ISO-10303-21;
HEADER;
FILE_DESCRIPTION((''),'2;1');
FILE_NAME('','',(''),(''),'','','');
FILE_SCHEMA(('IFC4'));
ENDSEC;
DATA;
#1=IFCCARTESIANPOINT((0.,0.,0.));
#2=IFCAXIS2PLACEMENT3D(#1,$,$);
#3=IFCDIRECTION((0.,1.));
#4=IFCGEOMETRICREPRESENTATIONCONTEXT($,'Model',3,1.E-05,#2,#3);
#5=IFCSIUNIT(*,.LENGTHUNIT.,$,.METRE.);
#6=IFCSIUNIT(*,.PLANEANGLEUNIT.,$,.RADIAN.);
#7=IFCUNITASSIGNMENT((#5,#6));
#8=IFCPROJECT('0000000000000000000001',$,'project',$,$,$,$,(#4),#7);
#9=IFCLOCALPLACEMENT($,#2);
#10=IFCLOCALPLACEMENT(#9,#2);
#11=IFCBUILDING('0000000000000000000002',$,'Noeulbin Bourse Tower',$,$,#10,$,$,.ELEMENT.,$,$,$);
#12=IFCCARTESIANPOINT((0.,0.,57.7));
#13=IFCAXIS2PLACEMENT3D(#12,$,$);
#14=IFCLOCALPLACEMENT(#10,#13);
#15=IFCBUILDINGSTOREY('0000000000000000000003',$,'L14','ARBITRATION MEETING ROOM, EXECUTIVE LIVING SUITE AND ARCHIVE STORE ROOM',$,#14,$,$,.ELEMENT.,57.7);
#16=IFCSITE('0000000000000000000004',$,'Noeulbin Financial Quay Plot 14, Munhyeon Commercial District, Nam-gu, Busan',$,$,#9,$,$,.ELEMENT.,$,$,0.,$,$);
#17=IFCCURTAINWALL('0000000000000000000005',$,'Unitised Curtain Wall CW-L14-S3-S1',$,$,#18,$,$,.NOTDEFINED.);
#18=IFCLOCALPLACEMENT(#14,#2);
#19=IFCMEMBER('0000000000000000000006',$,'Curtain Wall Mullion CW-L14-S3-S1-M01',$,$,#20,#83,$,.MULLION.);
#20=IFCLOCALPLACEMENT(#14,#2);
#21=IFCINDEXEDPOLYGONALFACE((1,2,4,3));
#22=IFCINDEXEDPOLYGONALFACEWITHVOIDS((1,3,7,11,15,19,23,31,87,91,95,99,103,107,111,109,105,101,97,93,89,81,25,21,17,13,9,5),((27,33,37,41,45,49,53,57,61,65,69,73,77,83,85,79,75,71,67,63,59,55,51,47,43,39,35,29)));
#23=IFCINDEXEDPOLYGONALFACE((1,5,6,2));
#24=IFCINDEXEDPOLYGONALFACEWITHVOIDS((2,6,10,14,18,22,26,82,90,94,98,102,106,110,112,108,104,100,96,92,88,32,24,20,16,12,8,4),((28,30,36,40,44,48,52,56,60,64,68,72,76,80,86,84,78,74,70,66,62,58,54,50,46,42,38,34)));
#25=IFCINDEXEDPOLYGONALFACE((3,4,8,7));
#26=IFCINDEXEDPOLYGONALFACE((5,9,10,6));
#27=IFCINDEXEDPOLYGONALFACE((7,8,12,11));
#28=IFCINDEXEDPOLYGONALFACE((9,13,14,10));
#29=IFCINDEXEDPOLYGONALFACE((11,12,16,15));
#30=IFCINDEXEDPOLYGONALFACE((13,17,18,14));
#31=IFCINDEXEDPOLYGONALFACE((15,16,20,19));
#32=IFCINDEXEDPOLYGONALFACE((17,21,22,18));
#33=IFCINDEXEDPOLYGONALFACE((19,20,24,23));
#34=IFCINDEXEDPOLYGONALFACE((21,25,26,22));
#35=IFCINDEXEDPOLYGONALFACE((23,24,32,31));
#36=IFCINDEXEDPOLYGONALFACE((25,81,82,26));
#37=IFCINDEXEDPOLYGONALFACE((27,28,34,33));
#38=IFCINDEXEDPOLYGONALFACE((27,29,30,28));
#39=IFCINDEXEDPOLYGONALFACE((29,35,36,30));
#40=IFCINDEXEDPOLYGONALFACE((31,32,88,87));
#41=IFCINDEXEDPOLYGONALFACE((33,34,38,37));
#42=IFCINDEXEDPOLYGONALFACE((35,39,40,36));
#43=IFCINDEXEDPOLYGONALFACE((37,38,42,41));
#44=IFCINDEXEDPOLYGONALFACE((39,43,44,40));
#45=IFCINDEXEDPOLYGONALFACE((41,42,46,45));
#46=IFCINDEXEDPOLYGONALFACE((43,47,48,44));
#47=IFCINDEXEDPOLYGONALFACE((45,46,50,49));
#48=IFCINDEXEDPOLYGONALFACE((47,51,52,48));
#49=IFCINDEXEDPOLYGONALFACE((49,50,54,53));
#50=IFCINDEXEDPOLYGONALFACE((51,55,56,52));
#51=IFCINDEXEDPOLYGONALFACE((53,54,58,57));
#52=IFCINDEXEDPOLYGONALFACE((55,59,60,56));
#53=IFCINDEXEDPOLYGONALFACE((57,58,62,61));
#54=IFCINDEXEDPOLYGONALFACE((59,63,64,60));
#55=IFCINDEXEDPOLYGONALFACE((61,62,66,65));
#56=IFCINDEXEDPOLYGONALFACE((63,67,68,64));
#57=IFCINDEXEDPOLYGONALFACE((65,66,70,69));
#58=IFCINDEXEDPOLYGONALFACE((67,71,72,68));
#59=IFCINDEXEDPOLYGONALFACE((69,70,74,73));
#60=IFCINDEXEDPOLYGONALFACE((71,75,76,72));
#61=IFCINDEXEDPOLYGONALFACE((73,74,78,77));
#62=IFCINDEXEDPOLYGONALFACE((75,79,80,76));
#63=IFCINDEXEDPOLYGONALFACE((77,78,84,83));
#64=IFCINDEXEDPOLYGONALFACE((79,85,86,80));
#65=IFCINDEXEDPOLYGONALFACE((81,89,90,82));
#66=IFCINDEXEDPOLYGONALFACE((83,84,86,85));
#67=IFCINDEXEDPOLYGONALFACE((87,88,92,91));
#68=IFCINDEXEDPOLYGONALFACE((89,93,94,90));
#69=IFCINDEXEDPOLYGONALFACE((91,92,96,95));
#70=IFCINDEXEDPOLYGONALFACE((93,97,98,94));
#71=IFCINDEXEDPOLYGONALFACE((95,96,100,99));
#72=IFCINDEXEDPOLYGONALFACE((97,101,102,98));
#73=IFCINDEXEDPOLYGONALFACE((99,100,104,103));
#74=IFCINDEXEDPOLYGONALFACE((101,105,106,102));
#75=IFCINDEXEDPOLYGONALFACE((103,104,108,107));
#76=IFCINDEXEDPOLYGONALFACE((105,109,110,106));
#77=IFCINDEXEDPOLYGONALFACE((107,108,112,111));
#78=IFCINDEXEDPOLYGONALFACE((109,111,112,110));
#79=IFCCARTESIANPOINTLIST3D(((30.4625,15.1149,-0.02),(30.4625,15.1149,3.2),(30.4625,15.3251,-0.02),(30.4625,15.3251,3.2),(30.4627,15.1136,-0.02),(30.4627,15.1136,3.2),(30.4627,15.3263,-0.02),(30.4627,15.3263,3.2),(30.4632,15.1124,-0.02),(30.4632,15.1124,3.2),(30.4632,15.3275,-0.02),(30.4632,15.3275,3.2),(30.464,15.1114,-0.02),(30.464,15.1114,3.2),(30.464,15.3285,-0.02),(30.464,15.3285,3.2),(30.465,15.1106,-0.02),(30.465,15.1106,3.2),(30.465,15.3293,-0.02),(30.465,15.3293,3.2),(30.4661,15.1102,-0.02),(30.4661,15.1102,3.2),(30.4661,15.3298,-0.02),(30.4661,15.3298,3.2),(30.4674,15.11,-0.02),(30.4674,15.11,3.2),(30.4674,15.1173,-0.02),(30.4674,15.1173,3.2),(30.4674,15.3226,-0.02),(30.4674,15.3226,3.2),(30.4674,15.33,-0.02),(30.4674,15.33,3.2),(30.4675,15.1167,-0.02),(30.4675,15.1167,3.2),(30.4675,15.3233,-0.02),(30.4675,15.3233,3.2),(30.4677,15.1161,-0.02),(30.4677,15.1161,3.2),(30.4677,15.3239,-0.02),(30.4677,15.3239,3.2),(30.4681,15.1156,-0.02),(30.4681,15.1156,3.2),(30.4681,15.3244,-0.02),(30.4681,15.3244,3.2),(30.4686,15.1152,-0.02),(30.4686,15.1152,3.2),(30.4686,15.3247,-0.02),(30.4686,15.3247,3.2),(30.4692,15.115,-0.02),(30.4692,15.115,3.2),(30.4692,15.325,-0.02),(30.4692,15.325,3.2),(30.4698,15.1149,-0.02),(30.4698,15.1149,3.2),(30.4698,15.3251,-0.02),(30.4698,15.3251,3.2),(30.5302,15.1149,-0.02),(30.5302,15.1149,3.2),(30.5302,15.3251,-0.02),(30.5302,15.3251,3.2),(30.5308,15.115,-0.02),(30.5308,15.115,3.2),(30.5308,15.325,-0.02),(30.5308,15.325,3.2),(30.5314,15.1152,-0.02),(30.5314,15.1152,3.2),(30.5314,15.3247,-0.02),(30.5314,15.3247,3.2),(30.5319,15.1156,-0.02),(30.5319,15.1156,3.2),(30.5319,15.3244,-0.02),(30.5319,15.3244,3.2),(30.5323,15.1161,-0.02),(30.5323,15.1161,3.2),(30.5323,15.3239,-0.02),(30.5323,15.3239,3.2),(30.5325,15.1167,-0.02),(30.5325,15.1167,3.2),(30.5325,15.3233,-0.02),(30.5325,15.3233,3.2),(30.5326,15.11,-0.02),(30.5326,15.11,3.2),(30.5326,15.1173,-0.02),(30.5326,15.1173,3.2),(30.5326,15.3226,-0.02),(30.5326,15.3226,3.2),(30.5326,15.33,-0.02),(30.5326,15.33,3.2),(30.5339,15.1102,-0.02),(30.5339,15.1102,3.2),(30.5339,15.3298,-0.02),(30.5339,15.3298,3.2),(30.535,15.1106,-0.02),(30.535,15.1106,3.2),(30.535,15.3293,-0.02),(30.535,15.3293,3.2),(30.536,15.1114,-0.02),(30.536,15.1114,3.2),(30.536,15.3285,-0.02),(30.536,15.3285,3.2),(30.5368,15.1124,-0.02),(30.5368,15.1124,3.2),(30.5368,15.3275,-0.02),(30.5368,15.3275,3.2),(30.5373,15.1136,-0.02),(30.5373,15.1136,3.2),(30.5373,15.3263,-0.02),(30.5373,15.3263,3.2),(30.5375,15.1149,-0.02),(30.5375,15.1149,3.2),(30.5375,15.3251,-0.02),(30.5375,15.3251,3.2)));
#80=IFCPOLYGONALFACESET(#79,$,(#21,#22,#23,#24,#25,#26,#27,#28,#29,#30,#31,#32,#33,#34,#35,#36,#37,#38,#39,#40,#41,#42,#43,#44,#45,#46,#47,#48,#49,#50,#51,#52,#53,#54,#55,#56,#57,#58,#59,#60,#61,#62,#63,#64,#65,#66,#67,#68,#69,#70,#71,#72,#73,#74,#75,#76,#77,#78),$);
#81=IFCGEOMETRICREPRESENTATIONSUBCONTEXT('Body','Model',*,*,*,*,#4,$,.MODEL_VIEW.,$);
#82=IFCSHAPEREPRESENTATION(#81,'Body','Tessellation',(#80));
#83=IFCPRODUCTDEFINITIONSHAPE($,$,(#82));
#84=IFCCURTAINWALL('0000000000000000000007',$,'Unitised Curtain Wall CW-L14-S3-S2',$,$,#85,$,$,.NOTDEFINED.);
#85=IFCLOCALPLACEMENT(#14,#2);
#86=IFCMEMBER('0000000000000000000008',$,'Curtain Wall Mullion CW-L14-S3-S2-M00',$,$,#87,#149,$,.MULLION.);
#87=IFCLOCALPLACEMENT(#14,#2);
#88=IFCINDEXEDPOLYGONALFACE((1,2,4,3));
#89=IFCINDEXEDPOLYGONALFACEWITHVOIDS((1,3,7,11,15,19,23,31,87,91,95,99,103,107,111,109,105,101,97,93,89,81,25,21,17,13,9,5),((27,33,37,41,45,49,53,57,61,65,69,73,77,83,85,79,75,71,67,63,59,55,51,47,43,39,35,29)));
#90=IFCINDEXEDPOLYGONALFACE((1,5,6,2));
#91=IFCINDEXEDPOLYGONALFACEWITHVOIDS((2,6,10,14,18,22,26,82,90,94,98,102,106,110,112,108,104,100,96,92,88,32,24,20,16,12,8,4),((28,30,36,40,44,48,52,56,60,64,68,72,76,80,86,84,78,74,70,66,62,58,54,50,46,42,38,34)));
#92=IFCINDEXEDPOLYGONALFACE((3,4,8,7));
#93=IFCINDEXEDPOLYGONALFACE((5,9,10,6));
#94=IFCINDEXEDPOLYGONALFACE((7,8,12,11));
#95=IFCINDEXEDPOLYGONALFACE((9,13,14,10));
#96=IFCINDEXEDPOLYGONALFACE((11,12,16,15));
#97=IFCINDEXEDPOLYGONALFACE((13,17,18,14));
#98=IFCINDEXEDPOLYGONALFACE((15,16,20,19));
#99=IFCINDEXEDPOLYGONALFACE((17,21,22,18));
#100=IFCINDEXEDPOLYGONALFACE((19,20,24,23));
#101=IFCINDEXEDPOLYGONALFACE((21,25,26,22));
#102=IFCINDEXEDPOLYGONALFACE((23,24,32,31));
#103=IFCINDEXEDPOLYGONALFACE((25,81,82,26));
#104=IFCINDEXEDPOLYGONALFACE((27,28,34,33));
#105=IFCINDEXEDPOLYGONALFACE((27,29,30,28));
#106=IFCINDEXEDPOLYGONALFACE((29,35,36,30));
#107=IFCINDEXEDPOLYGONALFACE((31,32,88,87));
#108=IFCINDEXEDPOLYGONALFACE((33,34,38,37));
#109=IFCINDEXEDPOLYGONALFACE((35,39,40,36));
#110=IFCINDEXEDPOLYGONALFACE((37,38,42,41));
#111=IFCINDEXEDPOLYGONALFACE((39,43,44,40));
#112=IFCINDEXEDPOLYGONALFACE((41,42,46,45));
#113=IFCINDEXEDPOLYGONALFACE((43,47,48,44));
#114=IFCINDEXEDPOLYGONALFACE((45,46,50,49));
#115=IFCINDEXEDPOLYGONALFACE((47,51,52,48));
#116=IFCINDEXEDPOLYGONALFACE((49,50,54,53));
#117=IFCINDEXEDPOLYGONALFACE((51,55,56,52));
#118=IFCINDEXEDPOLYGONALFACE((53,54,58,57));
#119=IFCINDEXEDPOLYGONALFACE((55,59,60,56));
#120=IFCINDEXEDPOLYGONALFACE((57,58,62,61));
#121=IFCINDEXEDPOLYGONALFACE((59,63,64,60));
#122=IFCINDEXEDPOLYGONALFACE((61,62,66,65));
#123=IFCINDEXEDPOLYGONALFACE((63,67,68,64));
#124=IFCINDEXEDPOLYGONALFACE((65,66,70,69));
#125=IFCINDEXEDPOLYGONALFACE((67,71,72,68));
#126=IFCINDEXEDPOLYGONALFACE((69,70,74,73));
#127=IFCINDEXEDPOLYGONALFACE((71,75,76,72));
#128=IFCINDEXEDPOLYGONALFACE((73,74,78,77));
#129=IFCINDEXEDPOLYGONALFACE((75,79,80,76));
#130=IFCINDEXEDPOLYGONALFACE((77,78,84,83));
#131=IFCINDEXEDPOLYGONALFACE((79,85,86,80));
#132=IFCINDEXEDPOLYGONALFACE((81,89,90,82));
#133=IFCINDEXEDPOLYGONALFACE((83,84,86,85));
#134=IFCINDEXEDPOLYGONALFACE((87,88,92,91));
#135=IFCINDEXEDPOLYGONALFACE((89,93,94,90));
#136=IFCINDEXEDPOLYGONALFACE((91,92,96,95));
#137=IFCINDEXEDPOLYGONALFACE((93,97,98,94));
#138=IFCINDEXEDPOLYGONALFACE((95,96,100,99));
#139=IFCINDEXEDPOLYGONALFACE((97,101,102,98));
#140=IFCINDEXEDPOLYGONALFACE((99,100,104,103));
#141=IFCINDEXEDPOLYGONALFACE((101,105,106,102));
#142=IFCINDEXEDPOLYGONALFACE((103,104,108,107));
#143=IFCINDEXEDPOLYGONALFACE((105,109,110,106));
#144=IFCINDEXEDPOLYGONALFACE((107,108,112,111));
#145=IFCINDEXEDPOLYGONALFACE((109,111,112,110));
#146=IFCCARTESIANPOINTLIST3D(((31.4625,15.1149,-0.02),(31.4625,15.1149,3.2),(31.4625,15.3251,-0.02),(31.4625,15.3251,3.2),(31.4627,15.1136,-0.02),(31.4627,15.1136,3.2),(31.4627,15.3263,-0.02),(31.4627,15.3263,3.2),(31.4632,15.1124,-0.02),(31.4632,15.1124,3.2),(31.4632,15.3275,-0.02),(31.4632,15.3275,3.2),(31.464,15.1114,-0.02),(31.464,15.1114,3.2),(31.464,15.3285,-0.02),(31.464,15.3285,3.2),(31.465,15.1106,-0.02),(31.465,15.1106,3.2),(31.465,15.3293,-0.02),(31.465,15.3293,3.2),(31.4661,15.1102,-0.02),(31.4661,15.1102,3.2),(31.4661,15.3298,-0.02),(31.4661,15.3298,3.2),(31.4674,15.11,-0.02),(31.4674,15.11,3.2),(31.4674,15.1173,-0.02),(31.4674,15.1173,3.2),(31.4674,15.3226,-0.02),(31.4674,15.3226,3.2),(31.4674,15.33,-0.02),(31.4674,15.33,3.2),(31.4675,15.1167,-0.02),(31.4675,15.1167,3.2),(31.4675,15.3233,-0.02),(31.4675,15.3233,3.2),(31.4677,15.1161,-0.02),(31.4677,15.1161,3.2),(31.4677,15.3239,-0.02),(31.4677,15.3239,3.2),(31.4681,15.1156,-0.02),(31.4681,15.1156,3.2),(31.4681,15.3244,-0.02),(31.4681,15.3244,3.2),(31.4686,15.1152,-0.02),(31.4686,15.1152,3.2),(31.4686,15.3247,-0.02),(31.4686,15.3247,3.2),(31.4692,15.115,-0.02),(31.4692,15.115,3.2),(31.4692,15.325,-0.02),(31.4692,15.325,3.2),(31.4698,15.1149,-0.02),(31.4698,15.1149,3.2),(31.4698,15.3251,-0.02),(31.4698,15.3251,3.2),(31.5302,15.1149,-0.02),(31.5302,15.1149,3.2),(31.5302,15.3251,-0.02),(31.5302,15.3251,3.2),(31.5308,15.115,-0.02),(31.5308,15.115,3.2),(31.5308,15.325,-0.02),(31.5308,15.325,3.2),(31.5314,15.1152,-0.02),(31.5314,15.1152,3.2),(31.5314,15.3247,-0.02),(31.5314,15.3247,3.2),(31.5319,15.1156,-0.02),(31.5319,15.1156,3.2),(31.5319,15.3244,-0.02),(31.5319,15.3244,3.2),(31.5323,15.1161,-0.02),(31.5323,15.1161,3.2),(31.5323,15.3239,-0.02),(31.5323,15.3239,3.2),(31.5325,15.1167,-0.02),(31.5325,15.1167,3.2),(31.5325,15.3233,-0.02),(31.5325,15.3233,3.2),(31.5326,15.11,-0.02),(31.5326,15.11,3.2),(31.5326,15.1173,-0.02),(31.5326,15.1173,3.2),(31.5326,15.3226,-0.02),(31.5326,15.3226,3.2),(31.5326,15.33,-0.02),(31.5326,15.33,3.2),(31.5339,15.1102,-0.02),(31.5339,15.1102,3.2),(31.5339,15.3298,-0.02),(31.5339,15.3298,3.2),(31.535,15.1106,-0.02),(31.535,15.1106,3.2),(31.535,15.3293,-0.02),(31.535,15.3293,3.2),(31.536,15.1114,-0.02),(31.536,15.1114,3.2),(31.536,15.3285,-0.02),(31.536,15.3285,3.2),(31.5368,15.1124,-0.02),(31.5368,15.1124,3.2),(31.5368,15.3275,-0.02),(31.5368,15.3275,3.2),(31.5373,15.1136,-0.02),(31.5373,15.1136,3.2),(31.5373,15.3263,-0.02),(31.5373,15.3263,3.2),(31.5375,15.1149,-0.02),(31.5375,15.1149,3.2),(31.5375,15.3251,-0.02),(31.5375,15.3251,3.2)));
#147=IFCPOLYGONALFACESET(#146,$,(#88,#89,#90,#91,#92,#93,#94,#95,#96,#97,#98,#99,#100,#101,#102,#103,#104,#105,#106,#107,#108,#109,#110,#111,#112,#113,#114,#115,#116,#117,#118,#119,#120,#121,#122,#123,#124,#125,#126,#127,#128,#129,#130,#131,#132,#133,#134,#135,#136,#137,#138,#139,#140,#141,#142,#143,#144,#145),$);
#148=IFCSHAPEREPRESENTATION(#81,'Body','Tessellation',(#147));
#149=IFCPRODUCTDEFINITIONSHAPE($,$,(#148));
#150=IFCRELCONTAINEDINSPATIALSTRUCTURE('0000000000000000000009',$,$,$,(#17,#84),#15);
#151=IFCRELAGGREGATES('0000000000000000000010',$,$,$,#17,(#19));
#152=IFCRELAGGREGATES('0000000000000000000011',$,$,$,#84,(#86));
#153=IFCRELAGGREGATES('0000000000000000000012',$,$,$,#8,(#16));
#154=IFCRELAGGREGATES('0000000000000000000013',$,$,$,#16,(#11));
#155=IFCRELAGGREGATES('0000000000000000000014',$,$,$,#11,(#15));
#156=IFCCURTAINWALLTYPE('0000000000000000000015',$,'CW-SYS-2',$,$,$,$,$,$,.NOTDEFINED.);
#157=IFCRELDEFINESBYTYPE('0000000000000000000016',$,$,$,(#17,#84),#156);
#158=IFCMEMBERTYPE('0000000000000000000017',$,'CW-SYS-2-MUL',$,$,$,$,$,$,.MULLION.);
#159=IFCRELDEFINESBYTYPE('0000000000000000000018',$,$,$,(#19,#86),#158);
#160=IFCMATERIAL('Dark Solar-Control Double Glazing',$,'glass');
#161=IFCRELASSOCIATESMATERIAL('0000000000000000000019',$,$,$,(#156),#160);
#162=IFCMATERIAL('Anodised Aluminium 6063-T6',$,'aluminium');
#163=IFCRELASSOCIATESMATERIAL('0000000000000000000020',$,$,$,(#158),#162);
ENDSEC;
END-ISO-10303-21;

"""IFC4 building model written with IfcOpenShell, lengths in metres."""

from ifc_helpers import new_model, si_unit, direction, frame, origin, origin_2d, place, context, subcontext, project, spatial, hollow_rectangle, extrude, material, material_profile, profile_set, type_object, element, aggregate, save


model = new_model("IFC4")

# Units and contexts
model_context = context("Model", 3, precision=1e-05, world=origin(), true_north=direction((0.0, 1.0)))
body_context = subcontext(model_context, "Body", "Model", "MODEL_VIEW")
ifc_project = project(units=[si_unit("LENGTHUNIT", "METRE"), si_unit("PLANEANGLEUNIT", "RADIAN")], contexts=[model_context])

# Site, building, storey
site_placement = place(None, origin())
site = spatial("IfcSite", under=ifc_project, at=site_placement, Name="Noeulbin Financial Quay Plot 14, Munhyeon Commercial District, Nam-gu, Busan", CompositionType="ELEMENT", RefElevation=0.0)
building_placement = place(site_placement, origin())
building = spatial("IfcBuilding", under=site, at=building_placement, Name="Noeulbin Bourse Tower", CompositionType="ELEMENT")
storey_placement = place(building_placement, frame((0.0, 0.0, 57.7)))
storey = spatial("IfcBuildingStorey", under=building, at=storey_placement, Name="L14", Description="ARBITRATION MEETING ROOM, EXECUTIVE LIVING SUITE AND ARCHIVE STORE ROOM", CompositionType="ELEMENT", Elevation=57.7)

# Curtain walls, members
ifc_material_1 = material(Name="Dark Solar-Control Double Glazing", Category="glass")
curtain_wall_type = type_object("IfcCurtainWallType", Name="CW-SYS-2", PredefinedType="NOTDEFINED", material=ifc_material_1)
curtain_wall_1_placement = place(storey_placement, origin())
curtain_wall_1 = element("IfcCurtainWall", 1, at=curtain_wall_1_placement, inside=storey, type_object=curtain_wall_type, Name="Unitised Curtain Wall CW-L14-S3-S1", PredefinedType="NOTDEFINED")
ifc_material_2 = material(Name="Anodised Aluminium 6063-T6", Category="aluminium")
ifc_material_profile_1 = material_profile(ifc_material_2, hollow_rectangle(XDim=0.075, YDim=0.22, WallThickness=0.0049, InnerFilletRadius=0.0024, OuterFilletRadius=0.0049, at=origin_2d()), Name="ALU-MULL-75x220x5", Category="LoadBearing")
ifc_profile_set_1 = profile_set([ifc_material_profile_1], Name="Anodised Aluminium 6063-T6")
member_type_1 = type_object("IfcMemberType", Name="CW-SYS-2-MUL", PredefinedType="MULLION", material=ifc_profile_set_1)
member_1_placement = place(storey_placement, frame((30.5, 15.22, -0.02), z_axis=(0.0, 0.0, 1.0), x_axis=(1.0, 0.0, 0.0)))
member_1 = element("IfcMember", 2, at=member_1_placement, type_object=member_type_1, Name="Curtain Wall Mullion CW-L14-S3-S1-M01", PredefinedType="MULLION", context=body_context, shape_type="SweptSolid", body=[
    extrude(hollow_rectangle(XDim=0.075, YDim=0.22, WallThickness=0.0049, InnerFilletRadius=0.0024, OuterFilletRadius=0.0049, at=origin_2d()), origin(), (0.0, 0.0, 1.0), 3.22),
])
curtain_wall_2_placement = place(storey_placement, origin())
curtain_wall_2 = element("IfcCurtainWall", 3, at=curtain_wall_2_placement, inside=storey, type_object=curtain_wall_type, Name="Unitised Curtain Wall CW-L14-S3-S2", PredefinedType="NOTDEFINED")
member_2_placement = place(storey_placement, frame((31.5, 15.22, -0.02), z_axis=(0.0, 0.0, 1.0), x_axis=(1.0, 0.0, 0.0)))
member_2 = element("IfcMember", 4, at=member_2_placement, type_object=member_type_1, Name="Curtain Wall Mullion CW-L14-S3-S2-M00", PredefinedType="MULLION", context=body_context, shape_type="SweptSolid", body=[
    extrude(hollow_rectangle(XDim=0.075, YDim=0.22, WallThickness=0.0049, InnerFilletRadius=0.0024, OuterFilletRadius=0.0049, at=origin_2d()), origin(), (0.0, 0.0, 1.0), 3.22),
])

aggregate(curtain_wall_1, [member_1])
aggregate(curtain_wall_2, [member_2])

save(model, "model.ifc")
